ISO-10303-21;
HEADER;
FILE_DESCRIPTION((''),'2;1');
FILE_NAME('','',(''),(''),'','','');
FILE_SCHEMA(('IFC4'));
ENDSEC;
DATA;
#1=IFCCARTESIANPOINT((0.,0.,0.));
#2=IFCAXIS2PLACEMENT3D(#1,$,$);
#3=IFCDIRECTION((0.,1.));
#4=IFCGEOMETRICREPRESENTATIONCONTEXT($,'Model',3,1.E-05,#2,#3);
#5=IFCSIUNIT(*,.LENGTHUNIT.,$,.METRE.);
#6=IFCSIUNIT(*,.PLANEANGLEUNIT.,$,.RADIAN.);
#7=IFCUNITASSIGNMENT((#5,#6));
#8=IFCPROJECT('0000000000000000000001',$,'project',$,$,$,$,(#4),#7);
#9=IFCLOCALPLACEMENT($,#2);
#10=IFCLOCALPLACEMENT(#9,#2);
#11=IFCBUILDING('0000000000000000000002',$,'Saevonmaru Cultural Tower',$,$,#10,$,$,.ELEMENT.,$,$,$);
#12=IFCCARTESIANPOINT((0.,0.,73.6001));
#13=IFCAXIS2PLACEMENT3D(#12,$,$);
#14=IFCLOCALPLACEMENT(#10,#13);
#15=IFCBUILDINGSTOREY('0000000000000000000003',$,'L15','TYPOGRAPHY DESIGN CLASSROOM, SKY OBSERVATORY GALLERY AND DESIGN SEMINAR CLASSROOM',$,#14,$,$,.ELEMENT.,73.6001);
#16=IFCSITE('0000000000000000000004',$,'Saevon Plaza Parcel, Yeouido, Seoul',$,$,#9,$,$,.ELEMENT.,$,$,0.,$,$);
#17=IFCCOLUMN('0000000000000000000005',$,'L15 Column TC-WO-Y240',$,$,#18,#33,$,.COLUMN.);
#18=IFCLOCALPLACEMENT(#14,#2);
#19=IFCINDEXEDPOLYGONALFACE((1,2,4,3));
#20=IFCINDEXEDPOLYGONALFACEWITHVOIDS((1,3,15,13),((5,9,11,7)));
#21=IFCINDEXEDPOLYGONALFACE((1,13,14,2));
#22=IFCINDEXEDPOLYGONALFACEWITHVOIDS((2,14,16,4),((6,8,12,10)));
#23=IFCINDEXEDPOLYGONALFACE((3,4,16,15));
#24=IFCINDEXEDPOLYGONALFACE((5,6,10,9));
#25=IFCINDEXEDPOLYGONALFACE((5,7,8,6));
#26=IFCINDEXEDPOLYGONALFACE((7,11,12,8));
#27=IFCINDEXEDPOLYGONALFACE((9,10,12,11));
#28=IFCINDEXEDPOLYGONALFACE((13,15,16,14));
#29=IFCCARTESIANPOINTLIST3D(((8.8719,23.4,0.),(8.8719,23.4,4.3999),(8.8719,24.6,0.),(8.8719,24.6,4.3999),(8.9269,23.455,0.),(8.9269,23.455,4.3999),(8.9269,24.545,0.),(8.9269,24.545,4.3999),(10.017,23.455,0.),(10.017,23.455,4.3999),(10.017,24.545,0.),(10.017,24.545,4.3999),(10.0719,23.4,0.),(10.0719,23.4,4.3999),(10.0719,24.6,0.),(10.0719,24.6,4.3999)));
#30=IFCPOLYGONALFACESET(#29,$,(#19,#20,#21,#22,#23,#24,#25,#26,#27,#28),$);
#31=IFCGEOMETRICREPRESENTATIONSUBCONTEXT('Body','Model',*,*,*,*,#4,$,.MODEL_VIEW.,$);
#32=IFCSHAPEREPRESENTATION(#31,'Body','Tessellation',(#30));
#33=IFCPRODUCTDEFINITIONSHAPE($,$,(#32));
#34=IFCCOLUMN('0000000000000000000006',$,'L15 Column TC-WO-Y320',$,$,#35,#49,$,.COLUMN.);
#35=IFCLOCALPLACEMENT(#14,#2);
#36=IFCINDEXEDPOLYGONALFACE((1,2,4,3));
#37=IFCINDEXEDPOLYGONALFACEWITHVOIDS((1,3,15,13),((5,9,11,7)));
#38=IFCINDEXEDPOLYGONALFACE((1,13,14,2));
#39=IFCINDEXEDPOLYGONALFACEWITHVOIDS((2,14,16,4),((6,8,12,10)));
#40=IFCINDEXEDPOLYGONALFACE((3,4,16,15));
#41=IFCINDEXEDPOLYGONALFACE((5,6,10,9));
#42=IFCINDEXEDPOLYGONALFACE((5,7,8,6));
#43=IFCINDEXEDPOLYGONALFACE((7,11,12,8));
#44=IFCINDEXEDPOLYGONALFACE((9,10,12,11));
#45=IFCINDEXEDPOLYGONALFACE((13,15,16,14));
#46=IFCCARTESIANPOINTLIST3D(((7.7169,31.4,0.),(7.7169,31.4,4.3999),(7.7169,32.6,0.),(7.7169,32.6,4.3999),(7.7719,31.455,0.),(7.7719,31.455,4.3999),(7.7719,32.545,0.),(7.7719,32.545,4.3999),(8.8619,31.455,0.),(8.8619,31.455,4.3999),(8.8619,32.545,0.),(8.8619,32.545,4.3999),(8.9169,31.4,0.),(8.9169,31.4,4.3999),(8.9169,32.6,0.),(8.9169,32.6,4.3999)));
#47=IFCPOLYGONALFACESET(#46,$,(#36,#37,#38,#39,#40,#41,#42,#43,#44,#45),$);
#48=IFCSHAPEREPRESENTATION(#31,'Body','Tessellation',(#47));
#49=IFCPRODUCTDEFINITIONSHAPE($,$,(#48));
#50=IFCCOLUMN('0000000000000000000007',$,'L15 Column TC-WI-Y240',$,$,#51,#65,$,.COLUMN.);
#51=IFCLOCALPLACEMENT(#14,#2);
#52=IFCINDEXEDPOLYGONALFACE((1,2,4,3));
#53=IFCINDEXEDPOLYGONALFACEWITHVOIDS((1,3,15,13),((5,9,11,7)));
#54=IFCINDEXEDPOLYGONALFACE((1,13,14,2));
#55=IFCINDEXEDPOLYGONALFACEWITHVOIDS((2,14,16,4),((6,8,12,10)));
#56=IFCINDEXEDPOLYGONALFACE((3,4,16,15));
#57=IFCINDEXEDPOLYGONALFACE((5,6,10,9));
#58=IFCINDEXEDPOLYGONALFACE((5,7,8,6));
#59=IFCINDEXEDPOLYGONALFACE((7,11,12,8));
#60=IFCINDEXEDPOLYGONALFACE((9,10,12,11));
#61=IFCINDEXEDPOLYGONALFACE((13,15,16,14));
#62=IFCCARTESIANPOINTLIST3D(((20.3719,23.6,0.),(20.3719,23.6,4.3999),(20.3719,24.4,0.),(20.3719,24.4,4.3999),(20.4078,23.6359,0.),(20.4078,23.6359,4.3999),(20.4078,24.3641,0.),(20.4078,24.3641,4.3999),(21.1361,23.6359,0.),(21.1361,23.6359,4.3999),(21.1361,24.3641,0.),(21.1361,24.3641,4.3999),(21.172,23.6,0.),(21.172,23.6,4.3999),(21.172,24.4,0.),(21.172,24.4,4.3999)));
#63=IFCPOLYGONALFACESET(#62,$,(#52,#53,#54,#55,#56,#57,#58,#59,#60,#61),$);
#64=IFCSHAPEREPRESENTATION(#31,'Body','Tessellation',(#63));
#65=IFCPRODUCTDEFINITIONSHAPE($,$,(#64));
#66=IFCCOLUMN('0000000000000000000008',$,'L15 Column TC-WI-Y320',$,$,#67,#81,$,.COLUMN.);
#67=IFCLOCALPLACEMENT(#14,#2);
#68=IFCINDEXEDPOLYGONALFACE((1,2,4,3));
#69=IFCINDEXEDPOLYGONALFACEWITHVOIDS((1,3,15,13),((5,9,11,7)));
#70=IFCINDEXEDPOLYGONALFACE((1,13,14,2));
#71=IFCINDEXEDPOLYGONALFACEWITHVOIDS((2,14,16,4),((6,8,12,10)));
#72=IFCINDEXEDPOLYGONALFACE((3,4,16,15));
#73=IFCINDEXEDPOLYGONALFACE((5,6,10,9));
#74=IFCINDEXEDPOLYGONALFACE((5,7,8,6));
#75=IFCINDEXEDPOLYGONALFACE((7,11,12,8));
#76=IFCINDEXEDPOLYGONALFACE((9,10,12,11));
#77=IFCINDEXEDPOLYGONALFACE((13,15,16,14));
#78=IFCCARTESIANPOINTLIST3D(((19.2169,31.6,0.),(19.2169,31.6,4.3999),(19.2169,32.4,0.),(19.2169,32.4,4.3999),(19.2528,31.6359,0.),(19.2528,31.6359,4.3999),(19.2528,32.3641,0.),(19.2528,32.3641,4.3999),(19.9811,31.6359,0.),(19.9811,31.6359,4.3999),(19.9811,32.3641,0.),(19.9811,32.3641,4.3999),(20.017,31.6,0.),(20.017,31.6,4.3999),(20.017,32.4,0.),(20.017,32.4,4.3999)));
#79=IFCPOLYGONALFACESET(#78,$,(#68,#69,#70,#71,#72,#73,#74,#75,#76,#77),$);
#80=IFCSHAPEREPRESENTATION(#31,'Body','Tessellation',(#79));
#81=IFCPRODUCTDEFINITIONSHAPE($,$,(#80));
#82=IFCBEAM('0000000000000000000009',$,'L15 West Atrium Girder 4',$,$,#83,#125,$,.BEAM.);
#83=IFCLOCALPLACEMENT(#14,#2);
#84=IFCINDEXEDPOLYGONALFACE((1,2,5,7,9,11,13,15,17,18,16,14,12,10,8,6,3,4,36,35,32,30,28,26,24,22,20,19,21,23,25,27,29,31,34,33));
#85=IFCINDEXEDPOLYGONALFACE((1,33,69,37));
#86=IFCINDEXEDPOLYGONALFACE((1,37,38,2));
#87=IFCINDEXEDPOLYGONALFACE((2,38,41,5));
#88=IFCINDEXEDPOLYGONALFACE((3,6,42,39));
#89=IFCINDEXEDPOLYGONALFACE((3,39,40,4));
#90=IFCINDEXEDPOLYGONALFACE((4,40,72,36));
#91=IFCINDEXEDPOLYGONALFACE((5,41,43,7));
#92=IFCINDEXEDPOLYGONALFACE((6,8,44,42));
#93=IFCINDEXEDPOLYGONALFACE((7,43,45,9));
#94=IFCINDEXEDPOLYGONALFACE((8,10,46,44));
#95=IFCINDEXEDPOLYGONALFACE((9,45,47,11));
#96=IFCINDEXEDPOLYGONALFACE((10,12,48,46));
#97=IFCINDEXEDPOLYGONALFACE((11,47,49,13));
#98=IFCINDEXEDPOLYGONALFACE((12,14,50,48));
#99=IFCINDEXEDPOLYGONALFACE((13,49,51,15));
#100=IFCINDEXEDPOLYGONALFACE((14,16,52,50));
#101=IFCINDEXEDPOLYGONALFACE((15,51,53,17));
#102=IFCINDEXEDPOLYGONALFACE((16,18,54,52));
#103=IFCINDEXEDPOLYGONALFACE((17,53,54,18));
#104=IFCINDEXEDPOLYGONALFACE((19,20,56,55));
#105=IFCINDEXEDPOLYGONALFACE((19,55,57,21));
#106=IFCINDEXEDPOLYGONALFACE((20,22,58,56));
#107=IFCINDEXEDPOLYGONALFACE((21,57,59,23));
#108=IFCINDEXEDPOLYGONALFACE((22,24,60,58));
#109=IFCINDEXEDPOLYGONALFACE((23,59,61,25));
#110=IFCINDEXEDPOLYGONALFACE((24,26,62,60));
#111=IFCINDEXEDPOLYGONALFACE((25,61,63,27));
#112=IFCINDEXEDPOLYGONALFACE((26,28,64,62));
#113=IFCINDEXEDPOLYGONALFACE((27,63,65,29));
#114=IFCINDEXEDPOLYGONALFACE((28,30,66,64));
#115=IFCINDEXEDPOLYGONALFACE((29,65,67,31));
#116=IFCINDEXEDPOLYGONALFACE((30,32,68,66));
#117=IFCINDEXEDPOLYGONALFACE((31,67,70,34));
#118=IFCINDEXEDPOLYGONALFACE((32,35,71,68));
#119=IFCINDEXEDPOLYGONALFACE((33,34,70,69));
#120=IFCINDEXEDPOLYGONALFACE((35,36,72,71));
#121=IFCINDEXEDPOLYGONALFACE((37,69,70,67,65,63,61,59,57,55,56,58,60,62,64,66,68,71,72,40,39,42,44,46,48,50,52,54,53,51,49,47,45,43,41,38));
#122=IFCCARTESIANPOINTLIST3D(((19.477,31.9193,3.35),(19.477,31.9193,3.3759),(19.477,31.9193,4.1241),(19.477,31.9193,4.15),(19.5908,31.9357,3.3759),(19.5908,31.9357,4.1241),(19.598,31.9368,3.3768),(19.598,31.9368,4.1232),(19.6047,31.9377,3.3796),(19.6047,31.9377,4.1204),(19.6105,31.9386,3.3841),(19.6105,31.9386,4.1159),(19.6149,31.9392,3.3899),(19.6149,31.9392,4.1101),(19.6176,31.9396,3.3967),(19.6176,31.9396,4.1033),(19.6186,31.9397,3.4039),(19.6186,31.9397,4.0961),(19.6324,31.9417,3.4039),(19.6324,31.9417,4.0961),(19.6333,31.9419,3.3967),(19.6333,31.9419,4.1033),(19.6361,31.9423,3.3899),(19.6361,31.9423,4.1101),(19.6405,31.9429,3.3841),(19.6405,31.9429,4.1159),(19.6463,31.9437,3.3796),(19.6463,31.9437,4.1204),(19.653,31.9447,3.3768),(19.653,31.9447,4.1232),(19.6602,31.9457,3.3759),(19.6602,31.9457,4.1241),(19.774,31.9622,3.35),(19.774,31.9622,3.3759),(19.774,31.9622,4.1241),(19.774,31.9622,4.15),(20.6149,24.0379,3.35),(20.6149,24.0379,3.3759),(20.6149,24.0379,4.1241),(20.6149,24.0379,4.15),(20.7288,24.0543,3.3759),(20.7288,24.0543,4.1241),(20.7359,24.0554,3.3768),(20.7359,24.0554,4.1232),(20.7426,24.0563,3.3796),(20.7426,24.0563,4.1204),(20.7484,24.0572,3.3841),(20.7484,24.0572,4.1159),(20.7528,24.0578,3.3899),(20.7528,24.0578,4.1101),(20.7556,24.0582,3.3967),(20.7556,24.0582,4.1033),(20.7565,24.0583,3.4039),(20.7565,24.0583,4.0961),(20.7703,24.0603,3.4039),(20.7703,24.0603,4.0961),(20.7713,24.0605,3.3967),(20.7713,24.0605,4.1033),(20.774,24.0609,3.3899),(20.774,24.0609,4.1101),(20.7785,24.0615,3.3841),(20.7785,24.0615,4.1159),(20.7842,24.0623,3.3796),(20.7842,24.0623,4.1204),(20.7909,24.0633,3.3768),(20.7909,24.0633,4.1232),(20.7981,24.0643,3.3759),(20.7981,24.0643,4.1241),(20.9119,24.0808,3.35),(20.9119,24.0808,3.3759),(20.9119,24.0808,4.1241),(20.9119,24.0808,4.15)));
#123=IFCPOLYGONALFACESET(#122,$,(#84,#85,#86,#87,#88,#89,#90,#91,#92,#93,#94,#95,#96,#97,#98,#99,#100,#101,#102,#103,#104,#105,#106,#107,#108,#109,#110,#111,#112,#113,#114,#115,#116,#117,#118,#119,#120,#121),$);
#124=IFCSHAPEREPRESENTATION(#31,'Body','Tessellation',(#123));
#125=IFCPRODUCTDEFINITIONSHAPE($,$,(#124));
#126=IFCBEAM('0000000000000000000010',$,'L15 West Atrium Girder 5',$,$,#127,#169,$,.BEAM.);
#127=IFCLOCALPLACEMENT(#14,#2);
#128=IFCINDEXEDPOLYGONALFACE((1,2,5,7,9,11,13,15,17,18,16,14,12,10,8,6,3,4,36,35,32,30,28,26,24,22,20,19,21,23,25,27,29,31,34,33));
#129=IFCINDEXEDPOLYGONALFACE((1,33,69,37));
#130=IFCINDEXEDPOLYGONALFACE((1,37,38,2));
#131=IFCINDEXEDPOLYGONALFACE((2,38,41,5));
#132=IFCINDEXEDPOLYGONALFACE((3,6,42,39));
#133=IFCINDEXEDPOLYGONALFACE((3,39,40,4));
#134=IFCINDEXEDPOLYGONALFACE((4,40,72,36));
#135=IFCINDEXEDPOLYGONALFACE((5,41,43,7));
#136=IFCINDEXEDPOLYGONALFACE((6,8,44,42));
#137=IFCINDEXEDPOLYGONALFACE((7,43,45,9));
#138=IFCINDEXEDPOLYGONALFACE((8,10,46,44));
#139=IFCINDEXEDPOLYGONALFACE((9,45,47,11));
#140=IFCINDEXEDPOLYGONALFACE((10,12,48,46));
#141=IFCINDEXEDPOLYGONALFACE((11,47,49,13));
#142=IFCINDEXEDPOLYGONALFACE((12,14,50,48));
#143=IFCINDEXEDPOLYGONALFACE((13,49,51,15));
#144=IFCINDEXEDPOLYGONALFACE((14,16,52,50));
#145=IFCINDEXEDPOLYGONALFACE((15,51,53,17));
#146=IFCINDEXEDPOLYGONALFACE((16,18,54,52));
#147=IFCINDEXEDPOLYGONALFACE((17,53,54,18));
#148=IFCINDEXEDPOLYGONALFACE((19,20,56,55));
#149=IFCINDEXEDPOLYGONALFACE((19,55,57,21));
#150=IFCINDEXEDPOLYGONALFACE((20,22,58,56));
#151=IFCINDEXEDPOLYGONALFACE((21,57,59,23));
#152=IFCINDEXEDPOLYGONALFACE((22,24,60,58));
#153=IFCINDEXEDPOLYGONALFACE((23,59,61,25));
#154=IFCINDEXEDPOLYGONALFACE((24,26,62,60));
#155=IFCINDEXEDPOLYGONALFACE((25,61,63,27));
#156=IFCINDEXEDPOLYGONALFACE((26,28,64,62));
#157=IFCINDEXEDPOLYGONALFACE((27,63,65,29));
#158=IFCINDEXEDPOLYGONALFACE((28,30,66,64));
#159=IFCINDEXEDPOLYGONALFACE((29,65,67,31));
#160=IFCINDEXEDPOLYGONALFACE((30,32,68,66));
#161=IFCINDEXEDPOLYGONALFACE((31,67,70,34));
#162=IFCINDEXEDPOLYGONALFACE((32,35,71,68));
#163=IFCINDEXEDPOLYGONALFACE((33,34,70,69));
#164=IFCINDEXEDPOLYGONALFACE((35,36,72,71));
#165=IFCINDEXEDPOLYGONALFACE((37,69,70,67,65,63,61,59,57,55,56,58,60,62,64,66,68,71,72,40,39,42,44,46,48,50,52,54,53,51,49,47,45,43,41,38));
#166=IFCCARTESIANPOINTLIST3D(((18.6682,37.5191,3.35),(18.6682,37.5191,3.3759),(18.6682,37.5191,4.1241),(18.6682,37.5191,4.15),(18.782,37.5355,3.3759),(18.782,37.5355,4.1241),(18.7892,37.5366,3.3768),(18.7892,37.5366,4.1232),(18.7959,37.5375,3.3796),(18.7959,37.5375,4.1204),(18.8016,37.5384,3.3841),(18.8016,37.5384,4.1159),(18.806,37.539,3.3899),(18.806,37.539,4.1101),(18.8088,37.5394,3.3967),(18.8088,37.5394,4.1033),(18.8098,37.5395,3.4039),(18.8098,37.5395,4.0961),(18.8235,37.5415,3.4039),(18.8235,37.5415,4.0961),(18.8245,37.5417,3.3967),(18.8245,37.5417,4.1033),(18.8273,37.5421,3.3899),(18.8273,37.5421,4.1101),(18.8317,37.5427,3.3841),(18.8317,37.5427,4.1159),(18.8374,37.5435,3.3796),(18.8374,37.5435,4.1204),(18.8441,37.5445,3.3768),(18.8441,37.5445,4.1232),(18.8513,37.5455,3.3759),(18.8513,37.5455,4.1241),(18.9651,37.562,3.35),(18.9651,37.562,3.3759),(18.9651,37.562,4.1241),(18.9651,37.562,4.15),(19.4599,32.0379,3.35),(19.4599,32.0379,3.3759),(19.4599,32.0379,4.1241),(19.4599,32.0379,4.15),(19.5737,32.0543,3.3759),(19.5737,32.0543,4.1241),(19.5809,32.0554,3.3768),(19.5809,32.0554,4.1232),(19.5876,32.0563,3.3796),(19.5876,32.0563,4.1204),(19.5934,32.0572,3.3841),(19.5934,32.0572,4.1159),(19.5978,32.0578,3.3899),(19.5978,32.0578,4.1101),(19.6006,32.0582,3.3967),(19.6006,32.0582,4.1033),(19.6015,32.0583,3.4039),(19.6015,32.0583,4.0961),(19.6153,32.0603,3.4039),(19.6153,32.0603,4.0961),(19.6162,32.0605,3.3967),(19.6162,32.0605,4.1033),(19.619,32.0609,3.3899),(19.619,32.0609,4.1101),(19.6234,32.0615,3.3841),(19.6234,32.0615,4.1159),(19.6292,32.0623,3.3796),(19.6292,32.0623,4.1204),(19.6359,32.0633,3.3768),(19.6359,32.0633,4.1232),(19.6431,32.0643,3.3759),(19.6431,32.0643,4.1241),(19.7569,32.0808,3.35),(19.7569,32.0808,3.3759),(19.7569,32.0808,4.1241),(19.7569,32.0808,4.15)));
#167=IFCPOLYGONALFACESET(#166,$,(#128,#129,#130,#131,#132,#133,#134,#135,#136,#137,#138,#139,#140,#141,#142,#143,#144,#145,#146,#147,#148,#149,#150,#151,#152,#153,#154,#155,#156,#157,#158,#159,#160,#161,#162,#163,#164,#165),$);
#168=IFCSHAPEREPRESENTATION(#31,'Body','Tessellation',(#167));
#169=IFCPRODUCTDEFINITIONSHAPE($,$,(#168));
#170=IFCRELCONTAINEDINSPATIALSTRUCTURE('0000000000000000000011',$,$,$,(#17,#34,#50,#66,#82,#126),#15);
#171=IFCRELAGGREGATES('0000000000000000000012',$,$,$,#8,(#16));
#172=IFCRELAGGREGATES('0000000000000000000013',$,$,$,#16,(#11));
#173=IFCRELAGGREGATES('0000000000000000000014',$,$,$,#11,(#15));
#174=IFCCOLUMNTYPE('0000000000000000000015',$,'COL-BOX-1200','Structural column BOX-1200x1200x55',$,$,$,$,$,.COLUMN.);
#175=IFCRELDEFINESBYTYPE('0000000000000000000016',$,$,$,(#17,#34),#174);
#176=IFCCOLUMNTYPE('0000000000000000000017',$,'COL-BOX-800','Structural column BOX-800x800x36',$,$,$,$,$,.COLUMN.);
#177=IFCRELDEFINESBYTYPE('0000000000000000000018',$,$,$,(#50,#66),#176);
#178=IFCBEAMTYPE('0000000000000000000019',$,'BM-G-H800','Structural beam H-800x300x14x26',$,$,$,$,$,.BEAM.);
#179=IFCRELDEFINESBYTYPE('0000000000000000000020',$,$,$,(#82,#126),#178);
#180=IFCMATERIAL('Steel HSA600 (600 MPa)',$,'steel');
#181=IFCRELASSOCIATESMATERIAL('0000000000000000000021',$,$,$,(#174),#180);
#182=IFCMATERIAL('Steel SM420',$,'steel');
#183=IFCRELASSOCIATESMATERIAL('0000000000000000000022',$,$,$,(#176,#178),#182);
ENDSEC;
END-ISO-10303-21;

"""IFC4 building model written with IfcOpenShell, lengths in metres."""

from ifc_helpers import new_model, si_unit, direction, frame, origin, origin_2d, place, context, subcontext, project, spatial, hollow_rectangle, i_section, extrude, material, material_profile, profile_set, type_object, element, save


model = new_model("IFC4")

# Units and contexts
model_context = context("Model", 3, precision=1e-05, world=origin(), true_north=direction((0.0, 1.0)))
body_context = subcontext(model_context, "Body", "Model", "MODEL_VIEW")
ifc_project = project(units=[si_unit("LENGTHUNIT", "METRE"), si_unit("PLANEANGLEUNIT", "RADIAN")], contexts=[model_context])

# Site, building, storey
site_placement = place(None, origin())
site = spatial("IfcSite", under=ifc_project, at=site_placement, Name="Saevon Plaza Parcel, Yeouido, Seoul", CompositionType="ELEMENT", RefElevation=0.0)
building_placement = place(site_placement, origin())
building = spatial("IfcBuilding", under=site, at=building_placement, Name="Saevonmaru Cultural Tower", CompositionType="ELEMENT")
storey_placement = place(building_placement, frame((0.0, 0.0, 73.6001)))
storey = spatial("IfcBuildingStorey", under=building, at=storey_placement, Name="L15", Description="TYPOGRAPHY DESIGN CLASSROOM, SKY OBSERVATORY GALLERY AND DESIGN SEMINAR CLASSROOM", CompositionType="ELEMENT", Elevation=73.6001)

# Columns
ifc_material_1 = material(Name="Steel HSA600 (600 MPa)", Category="steel")
ifc_material_profile_1 = material_profile(ifc_material_1, hollow_rectangle(XDim=1.2, YDim=1.2, WallThickness=0.0549, at=origin_2d()), Name="BOX-1200x1200x55")
ifc_profile_set_1 = profile_set([ifc_material_profile_1], Name="Steel HSA600 (600 MPa)")
column_type_1 = type_object("IfcColumnType", Name="COL-BOX-1200", Description="Structural column BOX-1200x1200x55", PredefinedType="COLUMN", material=ifc_profile_set_1)
for number, where, z_axis, x_axis, name in (
    (1, (9.4719, 24.0, 0.0), (0.0, 0.0, 1.0), (1.0, 0.0, 0.0), "L15 Column TC-WO-Y240"),
    (2, (8.3169, 32.0, 0.0), (0.0, 0.0, 1.0), (1.0, 0.0, 0.0), "L15 Column TC-WO-Y320"),
):
    element("IfcColumn", number, at=place(storey_placement, frame(where, z_axis=z_axis, x_axis=x_axis)), inside=storey, type_object=column_type_1, Name=name, PredefinedType="COLUMN", context=body_context, shape_type="SweptSolid", body=[
        extrude(hollow_rectangle(XDim=1.2, YDim=1.2, WallThickness=0.0549, at=origin_2d()), origin(), (0.0, 0.0, 1.0), 4.3999),
    ])
ifc_material_2 = material(Name="Steel SM420", Category="steel")
ifc_material_profile_2 = material_profile(ifc_material_2, hollow_rectangle(XDim=0.8, YDim=0.8, WallThickness=0.0359, at=origin_2d()), Name="BOX-800x800x36")
ifc_profile_set_2 = profile_set([ifc_material_profile_2], Name="Steel SM420")
column_type_2 = type_object("IfcColumnType", Name="COL-BOX-800", Description="Structural column BOX-800x800x36", PredefinedType="COLUMN", material=ifc_profile_set_2)
for number, where, z_axis, x_axis, name in (
    (3, (20.772, 24.0, 0.0), (0.0, 0.0, 1.0), (1.0, 0.0, 0.0), "L15 Column TC-WI-Y240"),
    (4, (19.6169, 32.0, 0.0), (0.0, 0.0, 1.0), (1.0, 0.0, 0.0), "L15 Column TC-WI-Y320"),
):
    element("IfcColumn", number, at=place(storey_placement, frame(where, z_axis=z_axis, x_axis=x_axis)), inside=storey, type_object=column_type_2, Name=name, PredefinedType="COLUMN", context=body_context, shape_type="SweptSolid", body=[
        extrude(hollow_rectangle(XDim=0.8, YDim=0.8, WallThickness=0.0359, at=origin_2d()), origin(), (0.0, 0.0, 1.0), 4.3999),
    ])

# Beams
ifc_material_profile_3 = material_profile(ifc_material_2, i_section(OverallWidth=0.3, OverallDepth=0.8, WebThickness=0.0139, FlangeThickness=0.0259, FilletRadius=0.0281, at=origin_2d()), Name="H-800x300x14x26")
ifc_profile_set_3 = profile_set([ifc_material_profile_3], Name="Steel SM420")
beam_type_1 = type_object("IfcBeamType", Name="BM-G-H800", Description="Structural beam H-800x300x14x26", PredefinedType="BEAM", material=ifc_profile_set_3)
beam_1_placement = place(storey_placement, frame((20.7634, 24.0593, 3.75), z_axis=(-0.142902, 0.989737, 0.0), x_axis=(-0.989737, -0.142902, 0.0)))
element("IfcBeam", 5, at=beam_1_placement, inside=storey, type_object=beam_type_1, Name="L15 West Atrium Girder 4", PredefinedType="BEAM", context=body_context, shape_type="SweptSolid", body=[
    extrude(i_section(OverallWidth=0.3, OverallDepth=0.8, WebThickness=0.0139, FlangeThickness=0.0259, FilletRadius=0.0281, at=origin_2d()), origin(), (0.0, 0.0, 1.0), 7.9631),
])
beam_2_placement = place(storey_placement, frame((19.6084, 32.0593, 3.75), z_axis=(-0.142964, 0.989728, 0.0), x_axis=(-0.989728, -0.142964, 0.0)))
element("IfcBeam", 6, at=beam_2_placement, inside=storey, type_object=beam_type_1, Name="L15 West Atrium Girder 5", PredefinedType="BEAM", context=body_context, shape_type="SweptSolid", body=[
    extrude(i_section(OverallWidth=0.3, OverallDepth=0.8, WebThickness=0.0139, FlangeThickness=0.0259, FilletRadius=0.0281, at=origin_2d()), origin(), (0.0, 0.0, 1.0), 5.5381),
])

save(model, "model.ifc")
